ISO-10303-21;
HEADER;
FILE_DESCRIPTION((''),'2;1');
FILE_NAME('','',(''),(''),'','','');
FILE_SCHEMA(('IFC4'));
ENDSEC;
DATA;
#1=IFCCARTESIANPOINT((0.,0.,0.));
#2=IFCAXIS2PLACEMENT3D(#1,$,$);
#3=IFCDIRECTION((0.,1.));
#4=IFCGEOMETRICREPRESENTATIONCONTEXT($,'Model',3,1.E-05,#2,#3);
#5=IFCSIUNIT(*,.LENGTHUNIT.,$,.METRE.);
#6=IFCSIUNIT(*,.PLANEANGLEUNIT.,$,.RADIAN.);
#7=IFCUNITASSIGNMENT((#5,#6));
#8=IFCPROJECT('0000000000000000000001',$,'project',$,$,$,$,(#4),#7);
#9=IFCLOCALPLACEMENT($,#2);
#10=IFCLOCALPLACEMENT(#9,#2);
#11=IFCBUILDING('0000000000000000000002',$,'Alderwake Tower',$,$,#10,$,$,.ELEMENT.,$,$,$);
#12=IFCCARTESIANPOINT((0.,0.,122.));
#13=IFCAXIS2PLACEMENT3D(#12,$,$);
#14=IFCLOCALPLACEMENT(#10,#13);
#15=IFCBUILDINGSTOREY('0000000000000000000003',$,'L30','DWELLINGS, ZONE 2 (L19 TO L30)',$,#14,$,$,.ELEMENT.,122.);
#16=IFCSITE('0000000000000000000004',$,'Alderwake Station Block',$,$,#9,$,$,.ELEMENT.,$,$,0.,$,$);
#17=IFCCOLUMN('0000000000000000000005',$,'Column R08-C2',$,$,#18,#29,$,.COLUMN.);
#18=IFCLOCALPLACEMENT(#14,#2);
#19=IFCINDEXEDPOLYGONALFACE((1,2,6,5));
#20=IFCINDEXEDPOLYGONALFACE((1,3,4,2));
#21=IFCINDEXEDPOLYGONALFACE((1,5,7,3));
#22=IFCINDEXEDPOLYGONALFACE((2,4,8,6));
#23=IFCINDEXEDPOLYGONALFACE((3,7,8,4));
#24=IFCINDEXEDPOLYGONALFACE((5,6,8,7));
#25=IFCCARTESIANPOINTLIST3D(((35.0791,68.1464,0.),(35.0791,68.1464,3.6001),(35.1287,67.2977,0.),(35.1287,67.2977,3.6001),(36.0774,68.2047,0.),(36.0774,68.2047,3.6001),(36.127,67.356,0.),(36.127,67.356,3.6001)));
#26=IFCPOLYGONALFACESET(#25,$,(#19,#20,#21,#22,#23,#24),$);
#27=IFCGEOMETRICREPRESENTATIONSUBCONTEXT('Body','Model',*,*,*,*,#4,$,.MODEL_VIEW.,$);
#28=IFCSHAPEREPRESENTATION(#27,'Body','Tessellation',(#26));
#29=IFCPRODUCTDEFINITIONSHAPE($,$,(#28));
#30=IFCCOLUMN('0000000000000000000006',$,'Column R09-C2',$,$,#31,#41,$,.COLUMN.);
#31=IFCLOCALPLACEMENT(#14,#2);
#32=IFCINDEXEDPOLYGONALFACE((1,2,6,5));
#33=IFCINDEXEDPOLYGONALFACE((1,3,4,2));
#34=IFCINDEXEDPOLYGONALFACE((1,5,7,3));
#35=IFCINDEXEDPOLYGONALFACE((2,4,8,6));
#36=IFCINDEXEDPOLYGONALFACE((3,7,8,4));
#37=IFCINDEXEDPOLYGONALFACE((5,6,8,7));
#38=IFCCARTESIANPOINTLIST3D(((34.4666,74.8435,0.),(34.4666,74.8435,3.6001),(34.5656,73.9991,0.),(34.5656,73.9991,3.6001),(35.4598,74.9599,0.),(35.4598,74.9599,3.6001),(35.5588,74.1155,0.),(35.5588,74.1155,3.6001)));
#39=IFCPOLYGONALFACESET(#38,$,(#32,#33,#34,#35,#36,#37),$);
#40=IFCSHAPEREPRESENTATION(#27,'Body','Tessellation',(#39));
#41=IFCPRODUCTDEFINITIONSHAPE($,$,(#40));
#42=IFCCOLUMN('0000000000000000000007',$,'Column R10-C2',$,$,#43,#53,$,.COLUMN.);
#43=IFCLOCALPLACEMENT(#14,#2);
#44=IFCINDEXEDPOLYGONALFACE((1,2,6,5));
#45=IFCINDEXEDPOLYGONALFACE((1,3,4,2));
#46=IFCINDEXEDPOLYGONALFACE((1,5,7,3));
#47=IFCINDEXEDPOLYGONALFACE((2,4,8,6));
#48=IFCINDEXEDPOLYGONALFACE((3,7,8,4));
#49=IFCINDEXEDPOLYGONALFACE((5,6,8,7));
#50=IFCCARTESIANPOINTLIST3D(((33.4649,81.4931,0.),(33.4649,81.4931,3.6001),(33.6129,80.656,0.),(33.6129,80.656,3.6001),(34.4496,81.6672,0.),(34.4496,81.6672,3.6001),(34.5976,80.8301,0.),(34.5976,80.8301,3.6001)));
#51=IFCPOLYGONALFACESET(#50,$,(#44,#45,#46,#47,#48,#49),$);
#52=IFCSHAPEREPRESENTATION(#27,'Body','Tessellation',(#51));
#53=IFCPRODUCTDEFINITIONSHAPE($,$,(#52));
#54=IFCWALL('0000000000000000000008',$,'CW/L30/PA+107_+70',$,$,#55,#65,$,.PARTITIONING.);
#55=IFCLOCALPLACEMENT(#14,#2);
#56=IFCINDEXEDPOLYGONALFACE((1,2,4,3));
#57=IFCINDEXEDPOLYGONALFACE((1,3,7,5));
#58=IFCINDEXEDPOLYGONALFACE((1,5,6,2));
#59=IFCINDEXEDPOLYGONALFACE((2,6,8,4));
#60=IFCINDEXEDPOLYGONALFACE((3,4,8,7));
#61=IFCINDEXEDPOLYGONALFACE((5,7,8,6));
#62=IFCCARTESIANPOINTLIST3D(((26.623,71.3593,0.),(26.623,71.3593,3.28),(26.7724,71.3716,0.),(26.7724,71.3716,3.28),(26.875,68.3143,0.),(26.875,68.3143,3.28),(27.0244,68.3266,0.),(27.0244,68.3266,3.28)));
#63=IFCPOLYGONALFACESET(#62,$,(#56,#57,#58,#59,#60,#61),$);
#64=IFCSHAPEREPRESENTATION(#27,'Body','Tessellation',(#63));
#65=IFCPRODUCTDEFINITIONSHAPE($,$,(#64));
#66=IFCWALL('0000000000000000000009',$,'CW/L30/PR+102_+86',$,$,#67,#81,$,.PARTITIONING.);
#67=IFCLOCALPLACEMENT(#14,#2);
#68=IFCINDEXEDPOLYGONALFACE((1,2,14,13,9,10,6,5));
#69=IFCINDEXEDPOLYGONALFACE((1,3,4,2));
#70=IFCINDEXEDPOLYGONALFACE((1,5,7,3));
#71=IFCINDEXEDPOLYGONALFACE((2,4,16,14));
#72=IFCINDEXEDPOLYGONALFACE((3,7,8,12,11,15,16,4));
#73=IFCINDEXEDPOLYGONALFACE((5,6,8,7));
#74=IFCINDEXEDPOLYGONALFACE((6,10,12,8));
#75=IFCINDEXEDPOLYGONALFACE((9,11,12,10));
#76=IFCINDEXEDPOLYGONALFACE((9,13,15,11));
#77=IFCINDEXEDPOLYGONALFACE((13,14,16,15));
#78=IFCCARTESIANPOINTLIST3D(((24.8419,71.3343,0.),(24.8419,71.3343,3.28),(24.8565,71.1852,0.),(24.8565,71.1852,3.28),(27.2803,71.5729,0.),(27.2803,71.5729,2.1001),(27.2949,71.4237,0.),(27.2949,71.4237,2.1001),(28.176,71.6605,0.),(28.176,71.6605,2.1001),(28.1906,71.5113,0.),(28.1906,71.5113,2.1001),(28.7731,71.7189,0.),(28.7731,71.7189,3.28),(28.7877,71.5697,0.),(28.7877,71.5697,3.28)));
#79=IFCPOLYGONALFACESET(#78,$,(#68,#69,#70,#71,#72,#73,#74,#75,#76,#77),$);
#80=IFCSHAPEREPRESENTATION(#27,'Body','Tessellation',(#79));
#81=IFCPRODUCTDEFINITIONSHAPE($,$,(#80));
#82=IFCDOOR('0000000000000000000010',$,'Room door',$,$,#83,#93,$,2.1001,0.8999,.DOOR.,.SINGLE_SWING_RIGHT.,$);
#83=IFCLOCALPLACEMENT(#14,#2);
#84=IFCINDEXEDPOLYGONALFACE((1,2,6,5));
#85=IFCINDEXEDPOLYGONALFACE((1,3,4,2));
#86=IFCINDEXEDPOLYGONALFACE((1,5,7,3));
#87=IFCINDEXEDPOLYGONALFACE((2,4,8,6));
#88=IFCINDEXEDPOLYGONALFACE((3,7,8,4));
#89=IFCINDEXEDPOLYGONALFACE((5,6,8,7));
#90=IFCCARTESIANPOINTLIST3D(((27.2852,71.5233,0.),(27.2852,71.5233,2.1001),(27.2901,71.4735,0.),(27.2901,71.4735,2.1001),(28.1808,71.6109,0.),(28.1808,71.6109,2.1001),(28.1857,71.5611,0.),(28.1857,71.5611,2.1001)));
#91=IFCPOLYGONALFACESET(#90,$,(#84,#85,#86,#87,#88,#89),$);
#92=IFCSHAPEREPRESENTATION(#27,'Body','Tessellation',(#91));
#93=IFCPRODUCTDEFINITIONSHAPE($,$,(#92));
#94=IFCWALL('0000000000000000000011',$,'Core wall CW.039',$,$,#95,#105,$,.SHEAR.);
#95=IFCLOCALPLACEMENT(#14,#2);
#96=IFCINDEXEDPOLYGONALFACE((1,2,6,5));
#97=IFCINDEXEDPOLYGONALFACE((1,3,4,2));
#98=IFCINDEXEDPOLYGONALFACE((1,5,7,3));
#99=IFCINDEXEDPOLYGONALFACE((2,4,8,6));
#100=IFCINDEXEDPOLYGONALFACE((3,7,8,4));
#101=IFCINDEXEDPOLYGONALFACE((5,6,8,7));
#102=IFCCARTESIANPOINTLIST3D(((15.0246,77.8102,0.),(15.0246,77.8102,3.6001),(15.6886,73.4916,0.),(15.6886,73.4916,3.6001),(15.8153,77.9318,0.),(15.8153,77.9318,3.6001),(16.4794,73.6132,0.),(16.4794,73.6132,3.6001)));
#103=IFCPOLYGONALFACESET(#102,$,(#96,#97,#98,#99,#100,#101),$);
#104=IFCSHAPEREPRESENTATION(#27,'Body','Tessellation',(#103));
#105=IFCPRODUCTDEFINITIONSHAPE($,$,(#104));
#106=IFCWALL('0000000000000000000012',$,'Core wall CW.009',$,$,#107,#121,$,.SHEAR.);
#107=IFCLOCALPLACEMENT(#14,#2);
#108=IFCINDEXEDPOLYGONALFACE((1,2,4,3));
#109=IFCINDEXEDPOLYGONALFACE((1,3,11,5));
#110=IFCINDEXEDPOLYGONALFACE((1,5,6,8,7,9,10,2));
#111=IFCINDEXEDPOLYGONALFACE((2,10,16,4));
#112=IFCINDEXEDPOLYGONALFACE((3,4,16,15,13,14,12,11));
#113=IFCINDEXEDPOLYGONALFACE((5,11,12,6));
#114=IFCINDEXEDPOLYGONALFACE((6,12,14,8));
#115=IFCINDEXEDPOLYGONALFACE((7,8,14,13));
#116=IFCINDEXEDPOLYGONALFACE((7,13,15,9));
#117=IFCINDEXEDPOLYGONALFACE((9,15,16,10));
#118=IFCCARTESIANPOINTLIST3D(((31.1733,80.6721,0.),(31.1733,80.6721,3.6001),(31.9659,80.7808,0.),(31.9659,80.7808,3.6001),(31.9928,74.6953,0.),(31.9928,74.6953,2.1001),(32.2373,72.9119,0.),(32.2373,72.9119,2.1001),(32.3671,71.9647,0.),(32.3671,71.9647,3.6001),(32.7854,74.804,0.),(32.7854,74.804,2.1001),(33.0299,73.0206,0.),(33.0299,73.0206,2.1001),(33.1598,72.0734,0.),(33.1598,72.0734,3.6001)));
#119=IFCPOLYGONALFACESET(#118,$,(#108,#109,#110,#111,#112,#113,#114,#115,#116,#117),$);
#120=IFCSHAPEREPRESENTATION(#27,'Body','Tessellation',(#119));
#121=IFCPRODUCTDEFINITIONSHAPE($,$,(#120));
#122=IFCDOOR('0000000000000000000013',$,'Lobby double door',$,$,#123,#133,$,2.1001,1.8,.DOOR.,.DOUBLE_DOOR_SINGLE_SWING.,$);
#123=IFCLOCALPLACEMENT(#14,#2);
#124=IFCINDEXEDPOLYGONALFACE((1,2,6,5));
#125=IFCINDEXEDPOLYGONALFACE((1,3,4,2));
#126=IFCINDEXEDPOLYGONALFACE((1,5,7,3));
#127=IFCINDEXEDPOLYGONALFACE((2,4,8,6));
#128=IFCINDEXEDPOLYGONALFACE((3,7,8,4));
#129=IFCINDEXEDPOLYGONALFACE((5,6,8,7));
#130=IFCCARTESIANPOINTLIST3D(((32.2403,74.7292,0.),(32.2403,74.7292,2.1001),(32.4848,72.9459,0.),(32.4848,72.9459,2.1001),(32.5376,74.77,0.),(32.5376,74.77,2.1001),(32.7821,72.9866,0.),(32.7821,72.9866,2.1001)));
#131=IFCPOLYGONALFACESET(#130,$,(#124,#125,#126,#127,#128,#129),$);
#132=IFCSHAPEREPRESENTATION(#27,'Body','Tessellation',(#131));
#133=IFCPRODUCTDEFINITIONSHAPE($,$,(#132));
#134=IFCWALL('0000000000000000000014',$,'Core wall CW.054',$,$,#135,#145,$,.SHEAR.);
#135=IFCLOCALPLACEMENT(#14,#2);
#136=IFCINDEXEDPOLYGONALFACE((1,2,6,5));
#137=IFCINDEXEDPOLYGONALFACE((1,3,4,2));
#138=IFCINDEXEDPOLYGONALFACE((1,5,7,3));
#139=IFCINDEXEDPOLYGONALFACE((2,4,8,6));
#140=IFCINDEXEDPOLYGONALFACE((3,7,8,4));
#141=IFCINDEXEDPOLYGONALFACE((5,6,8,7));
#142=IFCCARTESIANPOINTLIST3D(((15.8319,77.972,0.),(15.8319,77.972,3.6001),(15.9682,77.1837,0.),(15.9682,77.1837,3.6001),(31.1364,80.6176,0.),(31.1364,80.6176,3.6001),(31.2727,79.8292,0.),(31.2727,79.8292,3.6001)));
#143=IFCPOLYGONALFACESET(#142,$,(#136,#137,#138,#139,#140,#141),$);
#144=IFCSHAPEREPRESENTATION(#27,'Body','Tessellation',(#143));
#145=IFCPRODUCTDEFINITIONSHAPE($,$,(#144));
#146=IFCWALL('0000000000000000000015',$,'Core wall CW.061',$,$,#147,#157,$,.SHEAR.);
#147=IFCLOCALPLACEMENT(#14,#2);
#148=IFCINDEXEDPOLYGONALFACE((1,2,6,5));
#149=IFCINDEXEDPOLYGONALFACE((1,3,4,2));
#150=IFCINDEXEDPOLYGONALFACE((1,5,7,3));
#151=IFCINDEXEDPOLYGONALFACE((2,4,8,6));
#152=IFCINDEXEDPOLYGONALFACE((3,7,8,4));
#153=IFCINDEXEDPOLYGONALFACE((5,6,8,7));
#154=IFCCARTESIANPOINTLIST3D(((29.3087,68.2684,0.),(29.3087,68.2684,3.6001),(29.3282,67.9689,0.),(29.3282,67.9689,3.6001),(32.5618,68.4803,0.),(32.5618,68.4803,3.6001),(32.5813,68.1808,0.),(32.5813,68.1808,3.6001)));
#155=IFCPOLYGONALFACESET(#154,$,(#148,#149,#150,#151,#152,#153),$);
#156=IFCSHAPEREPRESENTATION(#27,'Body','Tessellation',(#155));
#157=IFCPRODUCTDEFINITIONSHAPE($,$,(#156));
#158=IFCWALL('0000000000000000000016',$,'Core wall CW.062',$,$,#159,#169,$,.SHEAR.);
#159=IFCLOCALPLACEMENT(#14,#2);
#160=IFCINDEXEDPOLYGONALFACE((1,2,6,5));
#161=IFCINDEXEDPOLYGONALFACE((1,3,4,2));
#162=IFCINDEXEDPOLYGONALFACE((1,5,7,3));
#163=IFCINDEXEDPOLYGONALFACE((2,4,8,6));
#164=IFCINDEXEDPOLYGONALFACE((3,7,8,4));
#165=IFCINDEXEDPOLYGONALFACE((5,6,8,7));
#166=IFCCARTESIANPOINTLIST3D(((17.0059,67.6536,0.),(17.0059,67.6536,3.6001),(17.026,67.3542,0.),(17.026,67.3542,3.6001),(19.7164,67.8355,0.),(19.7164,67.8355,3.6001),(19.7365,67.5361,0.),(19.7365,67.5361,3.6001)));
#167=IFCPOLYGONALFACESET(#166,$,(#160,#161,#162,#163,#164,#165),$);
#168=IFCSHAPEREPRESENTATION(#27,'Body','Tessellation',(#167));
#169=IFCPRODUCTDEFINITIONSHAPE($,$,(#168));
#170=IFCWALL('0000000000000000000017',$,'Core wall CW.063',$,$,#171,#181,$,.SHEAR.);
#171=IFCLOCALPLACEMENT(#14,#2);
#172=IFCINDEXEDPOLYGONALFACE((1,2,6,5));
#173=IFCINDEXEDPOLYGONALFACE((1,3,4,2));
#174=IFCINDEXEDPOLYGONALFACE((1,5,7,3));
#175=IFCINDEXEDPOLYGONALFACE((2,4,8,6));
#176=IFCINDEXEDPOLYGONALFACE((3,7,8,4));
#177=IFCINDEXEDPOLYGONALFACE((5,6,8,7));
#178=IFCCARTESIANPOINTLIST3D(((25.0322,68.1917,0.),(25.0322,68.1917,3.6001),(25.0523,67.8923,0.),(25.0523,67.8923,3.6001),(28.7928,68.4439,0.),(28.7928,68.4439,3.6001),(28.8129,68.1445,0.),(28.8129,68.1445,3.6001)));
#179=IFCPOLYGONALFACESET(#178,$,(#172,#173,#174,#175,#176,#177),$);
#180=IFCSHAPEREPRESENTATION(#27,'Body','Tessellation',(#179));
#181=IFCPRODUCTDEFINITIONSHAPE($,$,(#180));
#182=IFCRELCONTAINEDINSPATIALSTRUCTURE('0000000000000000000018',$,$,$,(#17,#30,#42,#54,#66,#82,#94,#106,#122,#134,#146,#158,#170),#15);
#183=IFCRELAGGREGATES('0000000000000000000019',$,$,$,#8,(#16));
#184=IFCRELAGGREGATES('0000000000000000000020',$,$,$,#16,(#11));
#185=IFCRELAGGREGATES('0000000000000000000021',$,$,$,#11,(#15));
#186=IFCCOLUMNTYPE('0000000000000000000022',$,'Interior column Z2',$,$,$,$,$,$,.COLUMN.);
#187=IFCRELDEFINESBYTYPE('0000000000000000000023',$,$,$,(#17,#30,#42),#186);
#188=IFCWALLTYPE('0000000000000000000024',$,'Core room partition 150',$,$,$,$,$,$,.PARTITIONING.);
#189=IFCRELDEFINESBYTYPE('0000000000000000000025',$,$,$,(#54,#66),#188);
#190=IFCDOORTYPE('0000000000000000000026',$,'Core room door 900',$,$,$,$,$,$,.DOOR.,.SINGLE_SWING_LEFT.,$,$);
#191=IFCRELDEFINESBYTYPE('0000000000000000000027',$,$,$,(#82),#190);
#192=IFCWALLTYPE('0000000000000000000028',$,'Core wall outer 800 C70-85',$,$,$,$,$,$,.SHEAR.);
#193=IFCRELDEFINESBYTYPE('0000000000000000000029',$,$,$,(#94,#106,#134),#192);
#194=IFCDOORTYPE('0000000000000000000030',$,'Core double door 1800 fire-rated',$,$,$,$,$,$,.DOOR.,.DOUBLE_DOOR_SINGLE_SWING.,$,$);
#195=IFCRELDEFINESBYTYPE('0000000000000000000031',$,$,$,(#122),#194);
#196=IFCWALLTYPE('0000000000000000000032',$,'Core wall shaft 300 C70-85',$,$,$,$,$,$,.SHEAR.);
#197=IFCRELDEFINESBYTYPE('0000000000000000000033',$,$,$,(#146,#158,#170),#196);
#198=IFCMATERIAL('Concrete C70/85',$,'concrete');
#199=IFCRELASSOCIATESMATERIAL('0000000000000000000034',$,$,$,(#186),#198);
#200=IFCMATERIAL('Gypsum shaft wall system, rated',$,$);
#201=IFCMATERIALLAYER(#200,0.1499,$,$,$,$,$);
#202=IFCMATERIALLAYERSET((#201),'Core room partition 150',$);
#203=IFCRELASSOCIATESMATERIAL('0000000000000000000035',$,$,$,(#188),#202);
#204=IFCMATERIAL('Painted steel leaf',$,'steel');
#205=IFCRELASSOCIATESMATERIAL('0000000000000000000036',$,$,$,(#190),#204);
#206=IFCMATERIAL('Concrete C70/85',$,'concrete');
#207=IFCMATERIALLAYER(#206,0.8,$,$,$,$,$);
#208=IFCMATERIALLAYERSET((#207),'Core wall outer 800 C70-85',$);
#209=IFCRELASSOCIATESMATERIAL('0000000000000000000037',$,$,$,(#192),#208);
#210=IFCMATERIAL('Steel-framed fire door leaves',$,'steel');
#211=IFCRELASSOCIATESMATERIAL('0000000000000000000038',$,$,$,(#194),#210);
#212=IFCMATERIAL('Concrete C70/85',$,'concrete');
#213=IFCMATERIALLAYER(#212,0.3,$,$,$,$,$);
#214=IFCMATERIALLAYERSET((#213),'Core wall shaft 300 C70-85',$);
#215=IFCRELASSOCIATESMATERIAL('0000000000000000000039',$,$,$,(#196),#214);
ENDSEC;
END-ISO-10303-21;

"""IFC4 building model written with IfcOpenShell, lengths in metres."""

from ifc_helpers import new_model, si_unit, direction, frame, frame_2d, origin, origin_2d, place, context, subcontext, project, spatial, rectangle, extrude, material, layer, layer_set, material_profile, profile_set, type_object, element, fill, save


model = new_model("IFC4")

# Units and contexts
model_context = context("Model", 3, precision=1e-05, world=origin(), true_north=direction((0.0, 1.0)))
body_context = subcontext(model_context, "Body", "Model", "MODEL_VIEW")
ifc_project = project(units=[si_unit("LENGTHUNIT", "METRE"), si_unit("PLANEANGLEUNIT", "RADIAN")], contexts=[model_context])

# Site, building, storey
site_placement = place(None, origin())
site = spatial("IfcSite", under=ifc_project, at=site_placement, Name="Alderwake Station Block", CompositionType="ELEMENT", RefElevation=0.0)
building_placement = place(site_placement, origin())
building = spatial("IfcBuilding", under=site, at=building_placement, Name="Alderwake Tower", CompositionType="ELEMENT")
storey_placement = place(building_placement, frame((0.0, 0.0, 122.0)))
storey = spatial("IfcBuildingStorey", under=building, at=storey_placement, Name="L30", Description="DWELLINGS, ZONE 2 (L19 TO L30)", CompositionType="ELEMENT", Elevation=122.0)

# Columns
ifc_material_1 = material(Name="Concrete C70/85", Category="concrete")
ifc_material_profile = material_profile(ifc_material_1, rectangle(XDim=0.8501, YDim=1.0, at=origin_2d()), Name="RC 1000X850")
ifc_profile_set = profile_set([ifc_material_profile], Name="Concrete C70/85")
column_type = type_object("IfcColumnType", Name="Interior column Z2", PredefinedType="COLUMN", material=ifc_profile_set)
for number, where, z_axis, x_axis, name in (
    (1, (35.603, 67.7512, 0.0), (0.0, 0.0, 1.0), (-0.058301, 0.998299, 0.0), "Column R08-C2"),
    (2, (35.0127, 74.4795, 0.0), (0.0, 0.0, 1.0), (-0.116402, 0.993202, 0.0), "Column R09-C2"),
    (3, (34.0312, 81.1616, 0.0), (0.0, 0.0, 1.0), (-0.174109, 0.984726, 0.0), "Column R10-C2"),
):
    element("IfcColumn", number, at=place(storey_placement, frame(where, z_axis=z_axis, x_axis=x_axis)), inside=storey, type_object=column_type, Name=name, PredefinedType="COLUMN", context=body_context, shape_type="SweptSolid", body=[
        extrude(rectangle(XDim=0.8501, YDim=1.0, at=origin_2d()), origin(), (0.0, 0.0, 1.0), 3.6001),
    ])

# Wall
ifc_material_2 = material(Name="Gypsum shaft wall system, rated")
ifc_layer_1 = layer(ifc_material_2, 0.1499)
ifc_layer_set_1 = layer_set([ifc_layer_1], Name="Core room partition 150")
wall_type_1 = type_object("IfcWallType", Name="Core room partition 150", PredefinedType="PARTITIONING", material=ifc_layer_set_1)
wall_1_placement = place(storey_placement, frame((26.9497, 68.3203, 0.0), z_axis=(0.0, 0.0, 1.0), x_axis=(-0.082464, 0.996594, 0.0)))
element("IfcWall", 4, at=wall_1_placement, inside=storey, type_object=wall_type_1, Name="CW/L30/PA+107_+70", PredefinedType="PARTITIONING", context=body_context, shape_type="SweptSolid", body=[
    extrude(rectangle(XDim=3.0554, YDim=0.1499, at=frame_2d((1.5278, 0.0))), origin(), (0.0, 0.0, 1.0), 3.28),
])

# Wall, opening, door
wall_2_placement = place(storey_placement, frame((28.7805, 71.6443, 0.0), z_axis=(0.0, 0.0, 1.0), x_axis=(-0.99525, -0.097349, 0.0)))
wall_2 = element("IfcWall", 5, at=wall_2_placement, inside=storey, type_object=wall_type_1, Name="CW/L30/PR+102_+86", PredefinedType="PARTITIONING", context=body_context, shape_type="SweptSolid", body=[
    extrude(rectangle(XDim=3.95, YDim=0.1499, at=frame_2d((1.9751, 0.0))), origin(), (0.0, 0.0, 1.0), 3.28),
])
opening_1_placement = place(wall_2_placement, frame((0.6001, 0.0, 0.0)))
opening_1 = element("IfcOpeningElement", 6, at=opening_1_placement, cuts=wall_2, PredefinedType="OPENING", context=body_context, shape_type="SweptSolid", body=[
    extrude(rectangle(XDim=0.8999, YDim=2.1001, at=frame_2d((0.45, 1.05))), frame((0.0, 0.085, 0.0), z_axis=(0.0, -1.0, 0.0), x_axis=(1.0, 0.0, 0.0)), (0.0, 0.0, 1.0), 0.1699),
])
ifc_material_3 = material(Name="Painted steel leaf", Category="steel")
door_type_1 = type_object("IfcDoorType", Name="Core room door 900", OperationType="SINGLE_SWING_LEFT", PredefinedType="DOOR", material=ifc_material_3)
door_1_placement = place(opening_1_placement, origin())
door_1 = element("IfcDoor", 7, at=door_1_placement, inside=storey, type_object=door_type_1, Name="Room door", OperationType="SINGLE_SWING_RIGHT", OverallHeight=2.1001, OverallWidth=0.8999, PredefinedType="DOOR", context=body_context, shape_type="SweptSolid", body=[
    extrude(rectangle(XDim=0.8999, YDim=2.1001, at=frame_2d((0.45, 1.05))), frame((0.0, 0.0249, 0.0), z_axis=(0.0, -1.0, 0.0), x_axis=(1.0, 0.0, 0.0)), (0.0, 0.0, 1.0), 0.05),
])
fill(opening_1, door_1)

# Wall
ifc_material_4 = material(Name="Concrete C70/85", Category="concrete")
ifc_layer_2 = layer(ifc_material_4, 0.8)
ifc_layer_set_2 = layer_set([ifc_layer_2], Name="Core wall outer 800 C70-85")
wall_type_2 = type_object("IfcWallType", Name="Core wall outer 800 C70-85", PredefinedType="SHEAR", material=ifc_layer_set_2)
wall_3_placement = place(storey_placement, frame((16.084, 73.5525, 0.0), z_axis=(0.0, 0.0, 1.0), x_axis=(-0.151982, 0.988383, 0.0)))
element("IfcWall", 8, at=wall_3_placement, inside=storey, type_object=wall_type_2, Name="Core wall CW.039", PredefinedType="SHEAR", context=body_context, shape_type="SweptSolid", body=[
    extrude(rectangle(XDim=4.3694, YDim=0.8, at=frame_2d((2.1846, 0.0))), origin(), (0.0, 0.0, 1.0), 3.6001),
])

# Wall, opening, door
wall_4_placement = place(storey_placement, frame((31.5696, 80.7266, 0.0), z_axis=(0.0, 0.0, 1.0), x_axis=(0.135838, -0.990731, 0.0)))
wall_4 = element("IfcWall", 9, at=wall_4_placement, inside=storey, type_object=wall_type_2, Name="Core wall CW.009", PredefinedType="SHEAR", context=body_context, shape_type="SweptSolid", body=[
    extrude(rectangle(XDim=8.7888, YDim=0.8, at=frame_2d((4.3945, 0.0))), origin(), (0.0, 0.0, 1.0), 3.6001),
])
opening_2_placement = place(wall_4_placement, frame((6.033, 0.0, 0.0)))
opening_2 = element("IfcOpeningElement", 10, at=opening_2_placement, cuts=wall_4, PredefinedType="OPENING", context=body_context, shape_type="SweptSolid", body=[
    extrude(rectangle(XDim=1.8, YDim=2.1001, at=frame_2d((0.8999, 1.05))), frame((0.0, 0.4099, 0.0), z_axis=(0.0, -1.0, 0.0), x_axis=(1.0, 0.0, 0.0)), (0.0, 0.0, 1.0), 0.8201),
])
ifc_material_5 = material(Name="Steel-framed fire door leaves", Category="steel")
door_type_2 = type_object("IfcDoorType", Name="Core double door 1800 fire-rated", OperationType="DOUBLE_DOOR_SINGLE_SWING", PredefinedType="DOOR", material=ifc_material_5)
door_2_placement = place(opening_2_placement, origin())
door_2 = element("IfcDoor", 11, at=door_2_placement, inside=storey, type_object=door_type_2, Name="Lobby double door", OperationType="DOUBLE_DOOR_SINGLE_SWING", OverallHeight=2.1001, OverallWidth=1.8, PredefinedType="DOOR", context=body_context, shape_type="SweptSolid", body=[
    extrude(rectangle(XDim=1.8, YDim=2.1001, at=frame_2d((0.8999, 1.05))), frame((0.0, 0.1499, 0.0), z_axis=(0.0, -1.0, 0.0), x_axis=(1.0, 0.0, 0.0)), (0.0, 0.0, 1.0), 0.3),
])
fill(opening_2, door_2)

# Walls
wall_5_placement = place(storey_placement, frame((15.9001, 77.5779, 0.0), z_axis=(0.0, 0.0, 1.0), x_axis=(0.985387, 0.170333, 0.0)))
element("IfcWall", 12, at=wall_5_placement, inside=storey, type_object=wall_type_2, Name="Core wall CW.054", PredefinedType="SHEAR", context=body_context, shape_type="SweptSolid", body=[
    extrude(rectangle(XDim=15.5315, YDim=0.8, at=frame_2d((7.7656, 0.0))), origin(), (0.0, 0.0, 1.0), 3.6001),
])
ifc_material_6 = material(Name="Concrete C70/85", Category="concrete")
ifc_layer_3 = layer(ifc_material_6, 0.3)
ifc_layer_set_3 = layer_set([ifc_layer_3], Name="Core wall shaft 300 C70-85")
wall_type_3 = type_object("IfcWallType", Name="Core wall shaft 300 C70-85", PredefinedType="SHEAR", material=ifc_layer_set_3)
wall_6_placement = place(storey_placement, frame((29.3186, 68.1187, 0.0), z_axis=(0.0, 0.0, 1.0), x_axis=(0.997885, 0.065003, 0.0)))
element("IfcWall", 13, at=wall_6_placement, inside=storey, type_object=wall_type_3, Name="Core wall CW.061", PredefinedType="SHEAR", context=body_context, shape_type="SweptSolid", body=[
    extrude(rectangle(XDim=3.26, YDim=0.3, at=frame_2d((1.6299, 0.0))), origin(), (0.0, 0.0, 1.0), 3.6001),
])
wall_7_placement = place(storey_placement, frame((17.0159, 67.5039, 0.0), z_axis=(0.0, 0.0, 1.0), x_axis=(0.997756, 0.066954, 0.0)))
element("IfcWall", 14, at=wall_7_placement, inside=storey, type_object=wall_type_3, Name="Core wall CW.062", PredefinedType="SHEAR", context=body_context, shape_type="SweptSolid", body=[
    extrude(rectangle(XDim=2.7166, YDim=0.3, at=frame_2d((1.3584, 0.0))), origin(), (0.0, 0.0, 1.0), 3.6001),
])
wall_8_placement = place(storey_placement, frame((25.0422, 68.042, 0.0), z_axis=(0.0, 0.0, 1.0), x_axis=(0.997759, 0.066915, 0.0)))
element("IfcWall", 15, at=wall_8_placement, inside=storey, type_object=wall_type_3, Name="Core wall CW.063", PredefinedType="SHEAR", context=body_context, shape_type="SweptSolid", body=[
    extrude(rectangle(XDim=3.769, YDim=0.3, at=frame_2d((1.8845, 0.0))), origin(), (0.0, 0.0, 1.0), 3.6001),
])

save(model, "model.ifc")
